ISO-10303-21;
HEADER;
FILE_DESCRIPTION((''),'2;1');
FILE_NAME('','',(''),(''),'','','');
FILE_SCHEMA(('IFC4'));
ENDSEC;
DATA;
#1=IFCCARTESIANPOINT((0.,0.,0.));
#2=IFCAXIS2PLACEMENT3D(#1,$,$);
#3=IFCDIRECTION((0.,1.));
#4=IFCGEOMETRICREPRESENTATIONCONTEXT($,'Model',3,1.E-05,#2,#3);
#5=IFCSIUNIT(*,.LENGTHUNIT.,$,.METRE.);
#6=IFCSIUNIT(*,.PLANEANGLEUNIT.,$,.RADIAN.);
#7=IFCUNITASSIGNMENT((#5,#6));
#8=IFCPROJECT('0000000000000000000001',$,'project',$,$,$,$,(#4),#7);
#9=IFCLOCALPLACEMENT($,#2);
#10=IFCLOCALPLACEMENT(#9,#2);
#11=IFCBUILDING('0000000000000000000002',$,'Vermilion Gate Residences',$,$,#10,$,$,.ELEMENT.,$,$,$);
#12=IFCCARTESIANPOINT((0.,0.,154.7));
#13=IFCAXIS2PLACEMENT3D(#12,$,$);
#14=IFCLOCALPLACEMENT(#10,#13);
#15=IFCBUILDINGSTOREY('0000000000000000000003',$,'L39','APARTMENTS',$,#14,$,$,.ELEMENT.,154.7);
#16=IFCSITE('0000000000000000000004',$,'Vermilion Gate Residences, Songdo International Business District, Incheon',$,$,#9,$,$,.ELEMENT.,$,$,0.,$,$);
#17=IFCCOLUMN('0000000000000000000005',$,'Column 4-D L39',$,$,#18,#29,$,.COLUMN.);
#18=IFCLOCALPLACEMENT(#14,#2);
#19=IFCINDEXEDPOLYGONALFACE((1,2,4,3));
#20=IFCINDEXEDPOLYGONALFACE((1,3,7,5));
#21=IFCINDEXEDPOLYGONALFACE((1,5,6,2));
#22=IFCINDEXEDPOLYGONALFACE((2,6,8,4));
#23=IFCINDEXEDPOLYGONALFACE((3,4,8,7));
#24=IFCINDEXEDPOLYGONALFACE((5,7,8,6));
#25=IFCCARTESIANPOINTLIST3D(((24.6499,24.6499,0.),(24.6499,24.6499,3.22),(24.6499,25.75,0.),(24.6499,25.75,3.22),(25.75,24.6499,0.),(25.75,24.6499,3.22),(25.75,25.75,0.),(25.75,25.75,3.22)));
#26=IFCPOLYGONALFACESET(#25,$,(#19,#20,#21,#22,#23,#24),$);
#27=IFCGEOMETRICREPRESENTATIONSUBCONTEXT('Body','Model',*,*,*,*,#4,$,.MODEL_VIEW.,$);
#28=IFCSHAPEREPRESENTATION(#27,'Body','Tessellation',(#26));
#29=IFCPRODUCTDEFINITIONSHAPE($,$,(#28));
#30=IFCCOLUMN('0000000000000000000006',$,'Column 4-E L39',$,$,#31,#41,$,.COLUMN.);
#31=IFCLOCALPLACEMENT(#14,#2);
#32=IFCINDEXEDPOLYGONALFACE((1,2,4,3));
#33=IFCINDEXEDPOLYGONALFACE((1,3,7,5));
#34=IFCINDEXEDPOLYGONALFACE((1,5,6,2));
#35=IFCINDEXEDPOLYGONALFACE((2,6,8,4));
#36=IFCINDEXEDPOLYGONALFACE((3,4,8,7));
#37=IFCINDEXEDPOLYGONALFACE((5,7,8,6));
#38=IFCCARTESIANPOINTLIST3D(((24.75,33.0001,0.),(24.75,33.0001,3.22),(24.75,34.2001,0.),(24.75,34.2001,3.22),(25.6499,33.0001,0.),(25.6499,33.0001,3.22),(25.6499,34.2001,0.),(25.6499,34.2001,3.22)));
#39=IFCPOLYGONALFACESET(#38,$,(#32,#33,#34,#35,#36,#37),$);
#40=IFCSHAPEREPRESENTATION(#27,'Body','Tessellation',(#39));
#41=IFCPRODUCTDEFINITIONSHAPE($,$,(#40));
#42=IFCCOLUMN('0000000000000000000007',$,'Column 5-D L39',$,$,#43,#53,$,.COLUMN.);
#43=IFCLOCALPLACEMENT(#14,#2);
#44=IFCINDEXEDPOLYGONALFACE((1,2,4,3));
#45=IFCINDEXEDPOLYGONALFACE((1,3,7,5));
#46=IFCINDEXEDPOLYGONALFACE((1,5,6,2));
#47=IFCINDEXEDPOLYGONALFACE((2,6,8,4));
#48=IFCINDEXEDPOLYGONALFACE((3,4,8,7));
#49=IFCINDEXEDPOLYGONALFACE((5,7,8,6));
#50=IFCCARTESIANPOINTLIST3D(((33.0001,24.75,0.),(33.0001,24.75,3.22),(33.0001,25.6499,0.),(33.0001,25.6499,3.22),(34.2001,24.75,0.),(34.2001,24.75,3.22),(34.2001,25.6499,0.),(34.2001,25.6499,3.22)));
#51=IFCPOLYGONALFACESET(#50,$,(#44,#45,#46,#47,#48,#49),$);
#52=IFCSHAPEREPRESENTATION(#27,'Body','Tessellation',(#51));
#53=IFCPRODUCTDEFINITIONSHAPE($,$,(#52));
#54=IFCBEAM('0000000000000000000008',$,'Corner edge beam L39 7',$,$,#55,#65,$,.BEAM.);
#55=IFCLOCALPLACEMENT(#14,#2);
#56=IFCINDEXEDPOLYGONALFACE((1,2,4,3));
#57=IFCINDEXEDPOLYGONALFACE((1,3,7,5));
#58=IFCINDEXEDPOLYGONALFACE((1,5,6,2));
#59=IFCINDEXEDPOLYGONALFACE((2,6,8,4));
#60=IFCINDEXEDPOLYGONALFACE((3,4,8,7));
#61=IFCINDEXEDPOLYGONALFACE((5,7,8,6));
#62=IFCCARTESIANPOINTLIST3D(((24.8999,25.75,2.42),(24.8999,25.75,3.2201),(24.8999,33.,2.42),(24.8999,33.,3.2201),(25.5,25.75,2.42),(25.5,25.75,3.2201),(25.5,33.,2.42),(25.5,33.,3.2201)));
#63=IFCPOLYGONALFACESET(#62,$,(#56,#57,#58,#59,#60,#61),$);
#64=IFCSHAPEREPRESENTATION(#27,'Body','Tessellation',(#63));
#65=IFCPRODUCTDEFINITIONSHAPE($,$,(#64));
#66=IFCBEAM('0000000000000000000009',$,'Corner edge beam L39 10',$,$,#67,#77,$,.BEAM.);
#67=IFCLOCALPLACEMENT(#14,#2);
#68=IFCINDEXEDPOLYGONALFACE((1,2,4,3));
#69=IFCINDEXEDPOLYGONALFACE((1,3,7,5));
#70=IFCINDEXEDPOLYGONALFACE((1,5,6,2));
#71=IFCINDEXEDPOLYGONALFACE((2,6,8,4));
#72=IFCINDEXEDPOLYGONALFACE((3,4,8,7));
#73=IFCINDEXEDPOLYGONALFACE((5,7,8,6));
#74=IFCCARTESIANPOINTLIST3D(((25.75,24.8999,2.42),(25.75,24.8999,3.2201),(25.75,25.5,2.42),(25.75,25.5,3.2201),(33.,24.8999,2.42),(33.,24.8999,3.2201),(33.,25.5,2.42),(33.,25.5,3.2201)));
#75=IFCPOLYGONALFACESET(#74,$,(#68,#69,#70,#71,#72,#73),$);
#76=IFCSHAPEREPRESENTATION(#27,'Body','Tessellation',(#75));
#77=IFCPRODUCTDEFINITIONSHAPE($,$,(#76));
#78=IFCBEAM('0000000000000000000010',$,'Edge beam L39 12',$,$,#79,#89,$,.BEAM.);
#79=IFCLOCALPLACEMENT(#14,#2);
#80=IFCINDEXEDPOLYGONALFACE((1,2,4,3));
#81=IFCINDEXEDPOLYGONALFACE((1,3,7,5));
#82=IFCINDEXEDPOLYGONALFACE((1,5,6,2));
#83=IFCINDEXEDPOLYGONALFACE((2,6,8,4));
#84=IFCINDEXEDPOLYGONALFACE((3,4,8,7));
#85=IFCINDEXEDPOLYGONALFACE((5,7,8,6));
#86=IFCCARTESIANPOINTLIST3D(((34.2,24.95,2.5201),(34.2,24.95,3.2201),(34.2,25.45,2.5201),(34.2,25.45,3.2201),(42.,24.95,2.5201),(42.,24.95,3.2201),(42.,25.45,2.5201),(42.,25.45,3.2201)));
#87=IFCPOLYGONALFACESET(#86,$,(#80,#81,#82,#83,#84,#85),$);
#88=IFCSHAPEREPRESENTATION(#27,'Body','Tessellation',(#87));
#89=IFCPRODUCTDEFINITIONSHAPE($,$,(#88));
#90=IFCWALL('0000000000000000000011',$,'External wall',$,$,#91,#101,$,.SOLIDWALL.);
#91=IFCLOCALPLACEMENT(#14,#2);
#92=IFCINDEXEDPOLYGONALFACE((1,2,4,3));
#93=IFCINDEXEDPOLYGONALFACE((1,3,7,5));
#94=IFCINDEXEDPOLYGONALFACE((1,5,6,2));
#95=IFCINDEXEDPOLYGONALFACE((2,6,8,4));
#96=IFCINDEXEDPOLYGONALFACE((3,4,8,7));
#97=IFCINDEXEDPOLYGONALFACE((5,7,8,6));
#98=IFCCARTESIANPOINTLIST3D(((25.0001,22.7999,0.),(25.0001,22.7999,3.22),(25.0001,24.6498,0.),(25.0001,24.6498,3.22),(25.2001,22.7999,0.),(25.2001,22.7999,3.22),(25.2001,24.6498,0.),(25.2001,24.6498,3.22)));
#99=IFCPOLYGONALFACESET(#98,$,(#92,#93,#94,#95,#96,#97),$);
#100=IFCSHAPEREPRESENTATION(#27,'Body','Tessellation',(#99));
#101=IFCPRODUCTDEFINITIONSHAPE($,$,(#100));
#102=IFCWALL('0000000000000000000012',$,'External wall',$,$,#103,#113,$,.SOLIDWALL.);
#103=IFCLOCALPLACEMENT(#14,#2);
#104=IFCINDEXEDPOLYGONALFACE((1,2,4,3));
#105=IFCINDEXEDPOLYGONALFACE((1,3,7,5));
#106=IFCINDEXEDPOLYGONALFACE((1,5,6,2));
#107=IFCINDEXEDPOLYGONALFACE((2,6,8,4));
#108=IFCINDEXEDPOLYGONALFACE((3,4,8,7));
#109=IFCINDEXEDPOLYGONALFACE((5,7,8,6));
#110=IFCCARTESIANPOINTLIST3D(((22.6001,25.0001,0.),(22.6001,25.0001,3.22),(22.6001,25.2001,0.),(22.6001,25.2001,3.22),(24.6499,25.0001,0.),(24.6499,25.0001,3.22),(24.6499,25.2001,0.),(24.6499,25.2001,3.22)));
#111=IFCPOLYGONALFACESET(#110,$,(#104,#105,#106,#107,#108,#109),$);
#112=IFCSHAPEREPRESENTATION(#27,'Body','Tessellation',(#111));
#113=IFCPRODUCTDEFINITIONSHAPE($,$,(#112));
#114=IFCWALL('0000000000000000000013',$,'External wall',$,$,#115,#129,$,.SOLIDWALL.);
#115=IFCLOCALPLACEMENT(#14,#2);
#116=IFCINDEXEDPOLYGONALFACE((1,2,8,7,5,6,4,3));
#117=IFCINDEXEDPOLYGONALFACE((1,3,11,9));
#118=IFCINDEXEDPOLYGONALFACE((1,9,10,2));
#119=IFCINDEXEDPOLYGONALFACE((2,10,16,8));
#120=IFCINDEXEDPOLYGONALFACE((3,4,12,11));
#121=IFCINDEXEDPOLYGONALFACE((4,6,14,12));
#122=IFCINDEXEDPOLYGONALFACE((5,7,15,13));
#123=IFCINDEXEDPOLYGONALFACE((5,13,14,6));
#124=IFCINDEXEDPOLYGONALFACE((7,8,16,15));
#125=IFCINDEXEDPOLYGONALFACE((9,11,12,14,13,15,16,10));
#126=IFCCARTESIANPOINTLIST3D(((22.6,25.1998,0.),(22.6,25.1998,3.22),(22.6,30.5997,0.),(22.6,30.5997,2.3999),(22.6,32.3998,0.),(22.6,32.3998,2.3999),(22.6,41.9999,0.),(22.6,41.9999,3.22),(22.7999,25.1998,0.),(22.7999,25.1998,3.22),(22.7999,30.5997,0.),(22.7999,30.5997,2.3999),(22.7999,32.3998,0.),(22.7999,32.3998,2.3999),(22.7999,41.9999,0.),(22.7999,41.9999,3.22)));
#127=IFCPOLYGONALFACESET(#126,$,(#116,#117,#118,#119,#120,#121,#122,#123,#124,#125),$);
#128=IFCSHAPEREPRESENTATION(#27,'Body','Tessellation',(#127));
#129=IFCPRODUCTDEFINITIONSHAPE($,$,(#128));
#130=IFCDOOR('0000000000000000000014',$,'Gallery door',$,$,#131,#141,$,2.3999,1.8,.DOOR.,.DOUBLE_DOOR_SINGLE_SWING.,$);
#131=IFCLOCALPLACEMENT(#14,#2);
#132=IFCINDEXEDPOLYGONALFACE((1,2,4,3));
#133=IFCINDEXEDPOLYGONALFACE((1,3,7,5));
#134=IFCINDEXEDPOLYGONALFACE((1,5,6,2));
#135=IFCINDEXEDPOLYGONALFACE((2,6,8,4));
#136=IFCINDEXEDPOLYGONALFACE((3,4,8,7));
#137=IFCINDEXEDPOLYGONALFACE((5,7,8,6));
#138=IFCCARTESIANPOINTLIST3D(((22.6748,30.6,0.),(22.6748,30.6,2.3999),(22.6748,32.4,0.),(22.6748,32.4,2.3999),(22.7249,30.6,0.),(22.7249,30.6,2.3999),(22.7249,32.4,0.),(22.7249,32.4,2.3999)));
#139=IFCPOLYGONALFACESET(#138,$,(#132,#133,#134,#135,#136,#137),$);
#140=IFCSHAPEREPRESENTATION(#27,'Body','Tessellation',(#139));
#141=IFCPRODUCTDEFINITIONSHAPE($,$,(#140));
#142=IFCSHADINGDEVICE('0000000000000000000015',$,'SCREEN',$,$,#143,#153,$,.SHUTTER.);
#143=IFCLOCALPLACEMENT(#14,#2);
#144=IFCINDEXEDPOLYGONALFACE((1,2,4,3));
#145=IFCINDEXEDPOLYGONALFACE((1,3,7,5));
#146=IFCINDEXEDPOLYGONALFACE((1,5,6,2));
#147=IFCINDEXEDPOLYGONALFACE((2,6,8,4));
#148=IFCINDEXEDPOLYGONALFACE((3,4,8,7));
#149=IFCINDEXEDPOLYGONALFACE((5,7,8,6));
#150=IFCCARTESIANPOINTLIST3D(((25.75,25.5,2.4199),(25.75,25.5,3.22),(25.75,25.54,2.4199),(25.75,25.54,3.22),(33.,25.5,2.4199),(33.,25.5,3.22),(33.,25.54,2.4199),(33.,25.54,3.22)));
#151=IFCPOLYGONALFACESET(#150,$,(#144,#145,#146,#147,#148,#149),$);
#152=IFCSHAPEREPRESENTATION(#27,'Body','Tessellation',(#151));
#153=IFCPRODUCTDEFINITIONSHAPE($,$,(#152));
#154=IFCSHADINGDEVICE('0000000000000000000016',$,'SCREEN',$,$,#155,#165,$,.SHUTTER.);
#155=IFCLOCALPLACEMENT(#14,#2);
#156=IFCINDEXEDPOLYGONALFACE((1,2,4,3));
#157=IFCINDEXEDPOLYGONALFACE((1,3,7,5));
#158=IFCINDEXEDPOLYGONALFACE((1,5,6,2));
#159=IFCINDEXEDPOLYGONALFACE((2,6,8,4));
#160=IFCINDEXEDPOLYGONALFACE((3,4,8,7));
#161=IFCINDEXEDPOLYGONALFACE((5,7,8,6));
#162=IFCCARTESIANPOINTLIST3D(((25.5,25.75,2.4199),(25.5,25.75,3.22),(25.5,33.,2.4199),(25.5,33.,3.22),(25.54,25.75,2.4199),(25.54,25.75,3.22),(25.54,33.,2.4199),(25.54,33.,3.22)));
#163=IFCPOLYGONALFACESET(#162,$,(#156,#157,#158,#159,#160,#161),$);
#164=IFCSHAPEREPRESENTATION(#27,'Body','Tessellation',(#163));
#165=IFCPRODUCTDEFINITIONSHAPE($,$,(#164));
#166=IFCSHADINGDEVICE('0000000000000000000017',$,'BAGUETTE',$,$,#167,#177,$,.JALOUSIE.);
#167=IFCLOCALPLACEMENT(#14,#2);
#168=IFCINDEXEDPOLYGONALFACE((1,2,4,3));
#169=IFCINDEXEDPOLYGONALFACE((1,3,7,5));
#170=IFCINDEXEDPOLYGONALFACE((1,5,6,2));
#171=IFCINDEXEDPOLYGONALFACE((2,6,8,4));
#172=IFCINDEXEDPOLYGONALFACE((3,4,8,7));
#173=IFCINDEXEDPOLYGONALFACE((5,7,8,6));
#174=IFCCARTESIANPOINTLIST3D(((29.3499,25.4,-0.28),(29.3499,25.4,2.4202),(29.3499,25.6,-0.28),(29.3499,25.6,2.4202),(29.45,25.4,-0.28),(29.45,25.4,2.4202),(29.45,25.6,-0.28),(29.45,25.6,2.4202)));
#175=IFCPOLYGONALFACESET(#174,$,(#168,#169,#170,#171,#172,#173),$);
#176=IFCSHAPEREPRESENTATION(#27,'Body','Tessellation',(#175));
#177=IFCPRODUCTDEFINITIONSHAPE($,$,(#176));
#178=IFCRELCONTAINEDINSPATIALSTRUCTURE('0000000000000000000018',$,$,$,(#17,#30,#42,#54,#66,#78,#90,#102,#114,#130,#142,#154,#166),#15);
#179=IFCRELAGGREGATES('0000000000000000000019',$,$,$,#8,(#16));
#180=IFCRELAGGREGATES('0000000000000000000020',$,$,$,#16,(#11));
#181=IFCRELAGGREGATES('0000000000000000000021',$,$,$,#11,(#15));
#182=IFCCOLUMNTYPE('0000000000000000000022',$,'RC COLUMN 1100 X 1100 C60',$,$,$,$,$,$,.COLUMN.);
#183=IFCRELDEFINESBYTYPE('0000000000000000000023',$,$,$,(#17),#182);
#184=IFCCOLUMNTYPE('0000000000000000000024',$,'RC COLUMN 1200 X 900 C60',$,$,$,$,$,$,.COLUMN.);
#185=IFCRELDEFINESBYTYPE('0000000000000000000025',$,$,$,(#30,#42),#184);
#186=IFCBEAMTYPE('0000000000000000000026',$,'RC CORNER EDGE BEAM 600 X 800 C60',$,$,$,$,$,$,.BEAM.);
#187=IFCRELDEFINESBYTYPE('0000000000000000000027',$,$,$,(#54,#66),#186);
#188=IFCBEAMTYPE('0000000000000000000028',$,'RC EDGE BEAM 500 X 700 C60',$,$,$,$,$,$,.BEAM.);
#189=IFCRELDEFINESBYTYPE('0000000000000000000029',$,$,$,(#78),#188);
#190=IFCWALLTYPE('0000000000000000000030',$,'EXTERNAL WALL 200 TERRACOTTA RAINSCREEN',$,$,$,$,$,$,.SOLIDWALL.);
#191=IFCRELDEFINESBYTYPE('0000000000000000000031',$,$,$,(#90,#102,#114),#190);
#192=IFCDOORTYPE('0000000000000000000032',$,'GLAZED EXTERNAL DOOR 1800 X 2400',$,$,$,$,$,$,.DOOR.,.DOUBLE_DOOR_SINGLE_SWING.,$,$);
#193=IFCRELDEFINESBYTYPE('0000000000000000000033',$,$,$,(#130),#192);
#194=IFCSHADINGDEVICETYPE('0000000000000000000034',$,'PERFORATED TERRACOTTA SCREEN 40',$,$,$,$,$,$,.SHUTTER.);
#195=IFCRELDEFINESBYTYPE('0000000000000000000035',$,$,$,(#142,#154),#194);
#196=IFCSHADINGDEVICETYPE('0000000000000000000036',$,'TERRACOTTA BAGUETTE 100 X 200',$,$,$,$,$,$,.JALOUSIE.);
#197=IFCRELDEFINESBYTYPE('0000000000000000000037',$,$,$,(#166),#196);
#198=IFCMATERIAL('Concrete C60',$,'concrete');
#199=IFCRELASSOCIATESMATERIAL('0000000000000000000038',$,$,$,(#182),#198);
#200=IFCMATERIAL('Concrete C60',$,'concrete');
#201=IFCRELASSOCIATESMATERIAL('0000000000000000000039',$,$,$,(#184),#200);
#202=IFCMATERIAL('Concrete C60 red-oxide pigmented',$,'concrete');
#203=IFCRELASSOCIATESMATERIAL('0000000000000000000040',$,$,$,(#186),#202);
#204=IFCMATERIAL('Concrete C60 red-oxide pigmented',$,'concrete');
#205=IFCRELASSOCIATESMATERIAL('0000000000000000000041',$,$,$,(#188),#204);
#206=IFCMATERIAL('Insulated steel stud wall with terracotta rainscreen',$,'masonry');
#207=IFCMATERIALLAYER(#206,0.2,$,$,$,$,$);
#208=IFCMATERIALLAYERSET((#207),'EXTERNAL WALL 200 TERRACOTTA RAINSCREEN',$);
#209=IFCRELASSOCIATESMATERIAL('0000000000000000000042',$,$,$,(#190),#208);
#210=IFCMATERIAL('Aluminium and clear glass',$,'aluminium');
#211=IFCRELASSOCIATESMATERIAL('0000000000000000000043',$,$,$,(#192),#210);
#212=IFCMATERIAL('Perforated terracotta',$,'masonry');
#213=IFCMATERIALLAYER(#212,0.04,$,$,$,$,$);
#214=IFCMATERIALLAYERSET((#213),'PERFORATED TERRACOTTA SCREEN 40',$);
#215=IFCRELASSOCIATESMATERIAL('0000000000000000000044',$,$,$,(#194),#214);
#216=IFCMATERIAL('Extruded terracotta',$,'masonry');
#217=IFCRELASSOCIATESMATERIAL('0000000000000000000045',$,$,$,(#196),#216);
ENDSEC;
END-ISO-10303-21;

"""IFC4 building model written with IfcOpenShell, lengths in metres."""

from ifc_helpers import new_model, si_unit, direction, frame, frame_2d, origin, origin_2d, place, context, subcontext, project, spatial, rectangle, extrude, material, layer, layer_set, material_profile, profile_set, type_object, element, fill, save


model = new_model("IFC4")

# Units and contexts
model_context = context("Model", 3, precision=1e-05, world=origin(), true_north=direction((0.0, 1.0)))
body_context = subcontext(model_context, "Body", "Model", "MODEL_VIEW")
ifc_project = project(units=[si_unit("LENGTHUNIT", "METRE"), si_unit("PLANEANGLEUNIT", "RADIAN")], contexts=[model_context])

# Site, building, storey
site_placement = place(None, origin())
site = spatial("IfcSite", under=ifc_project, at=site_placement, Name="Vermilion Gate Residences, Songdo International Business District, Incheon", CompositionType="ELEMENT", RefElevation=0.0)
building_placement = place(site_placement, origin())
building = spatial("IfcBuilding", under=site, at=building_placement, Name="Vermilion Gate Residences", CompositionType="ELEMENT")
storey_placement = place(building_placement, frame((0.0, 0.0, 154.7)))
storey = spatial("IfcBuildingStorey", under=building, at=storey_placement, Name="L39", Description="APARTMENTS", CompositionType="ELEMENT", Elevation=154.7)

# Columns
ifc_material_1 = material(Name="Concrete C60", Category="concrete")
ifc_material_profile_1 = material_profile(ifc_material_1, rectangle(XDim=1.1001, YDim=1.1001, at=origin_2d()), Name="RC-1100x1100")
ifc_profile_set_1 = profile_set([ifc_material_profile_1], Name="Concrete C60")
column_type_1 = type_object("IfcColumnType", Name="RC COLUMN 1100 X 1100 C60", PredefinedType="COLUMN", material=ifc_profile_set_1)
column_placement = place(storey_placement, frame((25.2, 25.2, 0.0), z_axis=(0.0, 0.0, 1.0), x_axis=(1.0, 0.0, 0.0)))
element("IfcColumn", 1, at=column_placement, inside=storey, type_object=column_type_1, Name="Column 4-D L39", PredefinedType="COLUMN", context=body_context, shape_type="SweptSolid", body=[
    extrude(rectangle(XDim=1.1001, YDim=1.1001, at=origin_2d()), origin(), (0.0, 0.0, 1.0), 3.22),
])
ifc_material_2 = material(Name="Concrete C60", Category="concrete")
ifc_material_profile_2 = material_profile(ifc_material_2, rectangle(XDim=1.2, YDim=0.8999, at=origin_2d()), Name="RC-1200x900")
ifc_profile_set_2 = profile_set([ifc_material_profile_2], Name="Concrete C60")
column_type_2 = type_object("IfcColumnType", Name="RC COLUMN 1200 X 900 C60", PredefinedType="COLUMN", material=ifc_profile_set_2)
for number, where, z_axis, x_axis, name in (
    (2, (25.2, 33.6001, 0.0), (0.0, 0.0, 1.0), (0.0, 1.0, 0.0), "Column 4-E L39"),
    (3, (33.6001, 25.2, 0.0), (0.0, 0.0, 1.0), (1.0, 0.0, 0.0), "Column 5-D L39"),
):
    element("IfcColumn", number, at=place(storey_placement, frame(where, z_axis=z_axis, x_axis=x_axis)), inside=storey, type_object=column_type_2, Name=name, PredefinedType="COLUMN", context=body_context, shape_type="SweptSolid", body=[
        extrude(rectangle(XDim=1.2, YDim=0.8999, at=origin_2d()), origin(), (0.0, 0.0, 1.0), 3.22),
    ])

# Beams
ifc_material_3 = material(Name="Concrete C60 red-oxide pigmented", Category="concrete")
ifc_material_profile_3 = material_profile(ifc_material_3, rectangle(XDim=0.6001, YDim=0.8, at=origin_2d()), Name="RC-600x800")
ifc_profile_set_3 = profile_set([ifc_material_profile_3], Name="Concrete C60 red-oxide pigmented")
beam_type_1 = type_object("IfcBeamType", Name="RC CORNER EDGE BEAM 600 X 800 C60", PredefinedType="BEAM", material=ifc_profile_set_3)
for number, where, z_axis, x_axis, name in (
    (4, (25.2, 25.75, 2.8201), (0.0, 1.0, 0.0), (-1.0, 0.0, 0.0), "Corner edge beam L39 7"),
    (5, (25.75, 25.2, 2.8201), (1.0, 0.0, 0.0), (0.0, 1.0, 0.0), "Corner edge beam L39 10"),
):
    element("IfcBeam", number, at=place(storey_placement, frame(where, z_axis=z_axis, x_axis=x_axis)), inside=storey, type_object=beam_type_1, Name=name, PredefinedType="BEAM", context=body_context, shape_type="SweptSolid", body=[
        extrude(rectangle(XDim=0.6001, YDim=0.8, at=origin_2d()), origin(), (0.0, 0.0, 1.0), 7.25),
    ])
ifc_material_4 = material(Name="Concrete C60 red-oxide pigmented", Category="concrete")
ifc_material_profile_4 = material_profile(ifc_material_4, rectangle(XDim=0.5, YDim=0.7, at=origin_2d()), Name="RC-500x700")
ifc_profile_set_4 = profile_set([ifc_material_profile_4], Name="Concrete C60 red-oxide pigmented")
beam_type_2 = type_object("IfcBeamType", Name="RC EDGE BEAM 500 X 700 C60", PredefinedType="BEAM", material=ifc_profile_set_4)
beam_placement = place(storey_placement, frame((34.2, 25.2, 2.8701), z_axis=(1.0, 0.0, 0.0), x_axis=(0.0, 1.0, 0.0)))
element("IfcBeam", 6, at=beam_placement, inside=storey, type_object=beam_type_2, Name="Edge beam L39 12", PredefinedType="BEAM", context=body_context, shape_type="SweptSolid", body=[
    extrude(rectangle(XDim=0.5, YDim=0.7, at=origin_2d()), origin(), (0.0, 0.0, 1.0), 7.8),
])

# Walls
ifc_material_5 = material(Name="Insulated steel stud wall with terracotta rainscreen", Category="masonry")
ifc_layer_1 = layer(ifc_material_5, 0.2)
ifc_layer_set_1 = layer_set([ifc_layer_1], Name="EXTERNAL WALL 200 TERRACOTTA RAINSCREEN")
wall_type = type_object("IfcWallType", Name="EXTERNAL WALL 200 TERRACOTTA RAINSCREEN", PredefinedType="SOLIDWALL", material=ifc_layer_set_1)
wall_1_placement = place(storey_placement, frame((25.1001, 22.8, 0.0), z_axis=(0.0, 0.0, 1.0), x_axis=(0.0, 1.0, 0.0)))
element("IfcWall", 7, at=wall_1_placement, inside=storey, type_object=wall_type, Name="External wall", PredefinedType="SOLIDWALL", context=body_context, shape_type="SweptSolid", body=[
    extrude(rectangle(XDim=1.8499, YDim=0.2, at=frame_2d((0.9248, 0.0))), origin(), (0.0, 0.0, 1.0), 3.22),
])
wall_2_placement = place(storey_placement, frame((24.6499, 25.1001, 0.0), z_axis=(0.0, 0.0, 1.0), x_axis=(-1.0, 0.0, 0.0)))
element("IfcWall", 8, at=wall_2_placement, inside=storey, type_object=wall_type, Name="External wall", PredefinedType="SOLIDWALL", context=body_context, shape_type="SweptSolid", body=[
    extrude(rectangle(XDim=2.0498, YDim=0.2, at=frame_2d((1.0249, 0.0))), origin(), (0.0, 0.0, 1.0), 3.22),
])

# Wall, opening, door
wall_3_placement = place(storey_placement, frame((22.7, 25.2, 0.0), z_axis=(0.0, 0.0, 1.0), x_axis=(0.0, 1.0, 0.0)))
wall_3 = element("IfcWall", 9, at=wall_3_placement, inside=storey, type_object=wall_type, Name="External wall", PredefinedType="SOLIDWALL", context=body_context, shape_type="SweptSolid", body=[
    extrude(rectangle(XDim=16.8, YDim=0.2, at=frame_2d((8.3999, 0.0))), origin(), (0.0, 0.0, 1.0), 3.22),
])
opening_placement = place(wall_3_placement, frame((5.3999, 0.0, 0.0)))
opening = element("IfcOpeningElement", 10, at=opening_placement, cuts=wall_3, PredefinedType="OPENING", context=body_context, shape_type="SweptSolid", body=[
    extrude(rectangle(XDim=1.8, YDim=2.3999, at=frame_2d((0.8999, 1.2))), frame((0.0, 0.1099, 0.0), z_axis=(0.0, -1.0, 0.0), x_axis=(1.0, 0.0, 0.0)), (0.0, 0.0, 1.0), 0.22),
])
ifc_material_6 = material(Name="Aluminium and clear glass", Category="aluminium")
door_type = type_object("IfcDoorType", Name="GLAZED EXTERNAL DOOR 1800 X 2400", OperationType="DOUBLE_DOOR_SINGLE_SWING", PredefinedType="DOOR", material=ifc_material_6)
door_placement = place(opening_placement, frame((1.8, 0.0, 0.0), z_axis=(0.0, 0.0, 1.0), x_axis=(-1.0, 0.0, 0.0)))
door = element("IfcDoor", 11, at=door_placement, inside=storey, type_object=door_type, Name="Gallery door", OperationType="DOUBLE_DOOR_SINGLE_SWING", OverallHeight=2.3999, OverallWidth=1.8, PredefinedType="DOOR", context=body_context, shape_type="SweptSolid", body=[
    extrude(rectangle(XDim=1.8, YDim=2.3999, at=frame_2d((0.8999, 1.2))), frame((0.0, 0.0249, 0.0), z_axis=(0.0, -1.0, 0.0), x_axis=(1.0, 0.0, 0.0)), (0.0, 0.0, 1.0), 0.05),
])
fill(opening, door)

# Shading devices
ifc_material_7 = material(Name="Perforated terracotta", Category="masonry")
ifc_layer_2 = layer(ifc_material_7, 0.04)
ifc_layer_set_2 = layer_set([ifc_layer_2], Name="PERFORATED TERRACOTTA SCREEN 40")
shading_device_type_1 = type_object("IfcShadingDeviceType", Name="PERFORATED TERRACOTTA SCREEN 40", PredefinedType="SHUTTER", material=ifc_layer_set_2)
for number, where, z_axis, x_axis, name in (
    (12, (29.375, 25.52, 2.4199), (0.0, 0.0, 1.0), (-1.0, 0.0, 0.0), "SCREEN"),
    (13, (25.52, 29.375, 2.4199), (0.0, 0.0, 1.0), (0.0, 1.0, 0.0), "SCREEN"),
):
    element("IfcShadingDevice", number, at=place(storey_placement, frame(where, z_axis=z_axis, x_axis=x_axis)), inside=storey, type_object=shading_device_type_1, Name=name, PredefinedType="SHUTTER", context=body_context, shape_type="SweptSolid", body=[
        extrude(rectangle(XDim=7.25, YDim=0.04, at=origin_2d()), origin(), (0.0, 0.0, 1.0), 0.8),
    ])
ifc_material_8 = material(Name="Extruded terracotta", Category="masonry")
ifc_material_profile_5 = material_profile(ifc_material_8, rectangle(XDim=0.2, YDim=0.1001, at=origin_2d()), Name="BAGUETTE 100 X 200")
ifc_profile_set_5 = profile_set([ifc_material_profile_5], Name="Extruded terracotta")
shading_device_type_2 = type_object("IfcShadingDeviceType", Name="TERRACOTTA BAGUETTE 100 X 200", PredefinedType="JALOUSIE", material=ifc_profile_set_5)
for number, where, z_axis, x_axis, name in (
    (14, (29.3999, 25.5, -0.28), (0.0, 0.0, 1.0), (0.0, -1.0, 0.0), "BAGUETTE"),
):
    element("IfcShadingDevice", number, at=place(storey_placement, frame(where, z_axis=z_axis, x_axis=x_axis)), inside=storey, type_object=shading_device_type_2, Name=name, PredefinedType="JALOUSIE", context=body_context, shape_type="SweptSolid", body=[
        extrude(rectangle(XDim=0.2, YDim=0.1001, at=origin_2d()), origin(), (0.0, 0.0, 1.0), 2.7002),
    ])

save(model, "model.ifc")
